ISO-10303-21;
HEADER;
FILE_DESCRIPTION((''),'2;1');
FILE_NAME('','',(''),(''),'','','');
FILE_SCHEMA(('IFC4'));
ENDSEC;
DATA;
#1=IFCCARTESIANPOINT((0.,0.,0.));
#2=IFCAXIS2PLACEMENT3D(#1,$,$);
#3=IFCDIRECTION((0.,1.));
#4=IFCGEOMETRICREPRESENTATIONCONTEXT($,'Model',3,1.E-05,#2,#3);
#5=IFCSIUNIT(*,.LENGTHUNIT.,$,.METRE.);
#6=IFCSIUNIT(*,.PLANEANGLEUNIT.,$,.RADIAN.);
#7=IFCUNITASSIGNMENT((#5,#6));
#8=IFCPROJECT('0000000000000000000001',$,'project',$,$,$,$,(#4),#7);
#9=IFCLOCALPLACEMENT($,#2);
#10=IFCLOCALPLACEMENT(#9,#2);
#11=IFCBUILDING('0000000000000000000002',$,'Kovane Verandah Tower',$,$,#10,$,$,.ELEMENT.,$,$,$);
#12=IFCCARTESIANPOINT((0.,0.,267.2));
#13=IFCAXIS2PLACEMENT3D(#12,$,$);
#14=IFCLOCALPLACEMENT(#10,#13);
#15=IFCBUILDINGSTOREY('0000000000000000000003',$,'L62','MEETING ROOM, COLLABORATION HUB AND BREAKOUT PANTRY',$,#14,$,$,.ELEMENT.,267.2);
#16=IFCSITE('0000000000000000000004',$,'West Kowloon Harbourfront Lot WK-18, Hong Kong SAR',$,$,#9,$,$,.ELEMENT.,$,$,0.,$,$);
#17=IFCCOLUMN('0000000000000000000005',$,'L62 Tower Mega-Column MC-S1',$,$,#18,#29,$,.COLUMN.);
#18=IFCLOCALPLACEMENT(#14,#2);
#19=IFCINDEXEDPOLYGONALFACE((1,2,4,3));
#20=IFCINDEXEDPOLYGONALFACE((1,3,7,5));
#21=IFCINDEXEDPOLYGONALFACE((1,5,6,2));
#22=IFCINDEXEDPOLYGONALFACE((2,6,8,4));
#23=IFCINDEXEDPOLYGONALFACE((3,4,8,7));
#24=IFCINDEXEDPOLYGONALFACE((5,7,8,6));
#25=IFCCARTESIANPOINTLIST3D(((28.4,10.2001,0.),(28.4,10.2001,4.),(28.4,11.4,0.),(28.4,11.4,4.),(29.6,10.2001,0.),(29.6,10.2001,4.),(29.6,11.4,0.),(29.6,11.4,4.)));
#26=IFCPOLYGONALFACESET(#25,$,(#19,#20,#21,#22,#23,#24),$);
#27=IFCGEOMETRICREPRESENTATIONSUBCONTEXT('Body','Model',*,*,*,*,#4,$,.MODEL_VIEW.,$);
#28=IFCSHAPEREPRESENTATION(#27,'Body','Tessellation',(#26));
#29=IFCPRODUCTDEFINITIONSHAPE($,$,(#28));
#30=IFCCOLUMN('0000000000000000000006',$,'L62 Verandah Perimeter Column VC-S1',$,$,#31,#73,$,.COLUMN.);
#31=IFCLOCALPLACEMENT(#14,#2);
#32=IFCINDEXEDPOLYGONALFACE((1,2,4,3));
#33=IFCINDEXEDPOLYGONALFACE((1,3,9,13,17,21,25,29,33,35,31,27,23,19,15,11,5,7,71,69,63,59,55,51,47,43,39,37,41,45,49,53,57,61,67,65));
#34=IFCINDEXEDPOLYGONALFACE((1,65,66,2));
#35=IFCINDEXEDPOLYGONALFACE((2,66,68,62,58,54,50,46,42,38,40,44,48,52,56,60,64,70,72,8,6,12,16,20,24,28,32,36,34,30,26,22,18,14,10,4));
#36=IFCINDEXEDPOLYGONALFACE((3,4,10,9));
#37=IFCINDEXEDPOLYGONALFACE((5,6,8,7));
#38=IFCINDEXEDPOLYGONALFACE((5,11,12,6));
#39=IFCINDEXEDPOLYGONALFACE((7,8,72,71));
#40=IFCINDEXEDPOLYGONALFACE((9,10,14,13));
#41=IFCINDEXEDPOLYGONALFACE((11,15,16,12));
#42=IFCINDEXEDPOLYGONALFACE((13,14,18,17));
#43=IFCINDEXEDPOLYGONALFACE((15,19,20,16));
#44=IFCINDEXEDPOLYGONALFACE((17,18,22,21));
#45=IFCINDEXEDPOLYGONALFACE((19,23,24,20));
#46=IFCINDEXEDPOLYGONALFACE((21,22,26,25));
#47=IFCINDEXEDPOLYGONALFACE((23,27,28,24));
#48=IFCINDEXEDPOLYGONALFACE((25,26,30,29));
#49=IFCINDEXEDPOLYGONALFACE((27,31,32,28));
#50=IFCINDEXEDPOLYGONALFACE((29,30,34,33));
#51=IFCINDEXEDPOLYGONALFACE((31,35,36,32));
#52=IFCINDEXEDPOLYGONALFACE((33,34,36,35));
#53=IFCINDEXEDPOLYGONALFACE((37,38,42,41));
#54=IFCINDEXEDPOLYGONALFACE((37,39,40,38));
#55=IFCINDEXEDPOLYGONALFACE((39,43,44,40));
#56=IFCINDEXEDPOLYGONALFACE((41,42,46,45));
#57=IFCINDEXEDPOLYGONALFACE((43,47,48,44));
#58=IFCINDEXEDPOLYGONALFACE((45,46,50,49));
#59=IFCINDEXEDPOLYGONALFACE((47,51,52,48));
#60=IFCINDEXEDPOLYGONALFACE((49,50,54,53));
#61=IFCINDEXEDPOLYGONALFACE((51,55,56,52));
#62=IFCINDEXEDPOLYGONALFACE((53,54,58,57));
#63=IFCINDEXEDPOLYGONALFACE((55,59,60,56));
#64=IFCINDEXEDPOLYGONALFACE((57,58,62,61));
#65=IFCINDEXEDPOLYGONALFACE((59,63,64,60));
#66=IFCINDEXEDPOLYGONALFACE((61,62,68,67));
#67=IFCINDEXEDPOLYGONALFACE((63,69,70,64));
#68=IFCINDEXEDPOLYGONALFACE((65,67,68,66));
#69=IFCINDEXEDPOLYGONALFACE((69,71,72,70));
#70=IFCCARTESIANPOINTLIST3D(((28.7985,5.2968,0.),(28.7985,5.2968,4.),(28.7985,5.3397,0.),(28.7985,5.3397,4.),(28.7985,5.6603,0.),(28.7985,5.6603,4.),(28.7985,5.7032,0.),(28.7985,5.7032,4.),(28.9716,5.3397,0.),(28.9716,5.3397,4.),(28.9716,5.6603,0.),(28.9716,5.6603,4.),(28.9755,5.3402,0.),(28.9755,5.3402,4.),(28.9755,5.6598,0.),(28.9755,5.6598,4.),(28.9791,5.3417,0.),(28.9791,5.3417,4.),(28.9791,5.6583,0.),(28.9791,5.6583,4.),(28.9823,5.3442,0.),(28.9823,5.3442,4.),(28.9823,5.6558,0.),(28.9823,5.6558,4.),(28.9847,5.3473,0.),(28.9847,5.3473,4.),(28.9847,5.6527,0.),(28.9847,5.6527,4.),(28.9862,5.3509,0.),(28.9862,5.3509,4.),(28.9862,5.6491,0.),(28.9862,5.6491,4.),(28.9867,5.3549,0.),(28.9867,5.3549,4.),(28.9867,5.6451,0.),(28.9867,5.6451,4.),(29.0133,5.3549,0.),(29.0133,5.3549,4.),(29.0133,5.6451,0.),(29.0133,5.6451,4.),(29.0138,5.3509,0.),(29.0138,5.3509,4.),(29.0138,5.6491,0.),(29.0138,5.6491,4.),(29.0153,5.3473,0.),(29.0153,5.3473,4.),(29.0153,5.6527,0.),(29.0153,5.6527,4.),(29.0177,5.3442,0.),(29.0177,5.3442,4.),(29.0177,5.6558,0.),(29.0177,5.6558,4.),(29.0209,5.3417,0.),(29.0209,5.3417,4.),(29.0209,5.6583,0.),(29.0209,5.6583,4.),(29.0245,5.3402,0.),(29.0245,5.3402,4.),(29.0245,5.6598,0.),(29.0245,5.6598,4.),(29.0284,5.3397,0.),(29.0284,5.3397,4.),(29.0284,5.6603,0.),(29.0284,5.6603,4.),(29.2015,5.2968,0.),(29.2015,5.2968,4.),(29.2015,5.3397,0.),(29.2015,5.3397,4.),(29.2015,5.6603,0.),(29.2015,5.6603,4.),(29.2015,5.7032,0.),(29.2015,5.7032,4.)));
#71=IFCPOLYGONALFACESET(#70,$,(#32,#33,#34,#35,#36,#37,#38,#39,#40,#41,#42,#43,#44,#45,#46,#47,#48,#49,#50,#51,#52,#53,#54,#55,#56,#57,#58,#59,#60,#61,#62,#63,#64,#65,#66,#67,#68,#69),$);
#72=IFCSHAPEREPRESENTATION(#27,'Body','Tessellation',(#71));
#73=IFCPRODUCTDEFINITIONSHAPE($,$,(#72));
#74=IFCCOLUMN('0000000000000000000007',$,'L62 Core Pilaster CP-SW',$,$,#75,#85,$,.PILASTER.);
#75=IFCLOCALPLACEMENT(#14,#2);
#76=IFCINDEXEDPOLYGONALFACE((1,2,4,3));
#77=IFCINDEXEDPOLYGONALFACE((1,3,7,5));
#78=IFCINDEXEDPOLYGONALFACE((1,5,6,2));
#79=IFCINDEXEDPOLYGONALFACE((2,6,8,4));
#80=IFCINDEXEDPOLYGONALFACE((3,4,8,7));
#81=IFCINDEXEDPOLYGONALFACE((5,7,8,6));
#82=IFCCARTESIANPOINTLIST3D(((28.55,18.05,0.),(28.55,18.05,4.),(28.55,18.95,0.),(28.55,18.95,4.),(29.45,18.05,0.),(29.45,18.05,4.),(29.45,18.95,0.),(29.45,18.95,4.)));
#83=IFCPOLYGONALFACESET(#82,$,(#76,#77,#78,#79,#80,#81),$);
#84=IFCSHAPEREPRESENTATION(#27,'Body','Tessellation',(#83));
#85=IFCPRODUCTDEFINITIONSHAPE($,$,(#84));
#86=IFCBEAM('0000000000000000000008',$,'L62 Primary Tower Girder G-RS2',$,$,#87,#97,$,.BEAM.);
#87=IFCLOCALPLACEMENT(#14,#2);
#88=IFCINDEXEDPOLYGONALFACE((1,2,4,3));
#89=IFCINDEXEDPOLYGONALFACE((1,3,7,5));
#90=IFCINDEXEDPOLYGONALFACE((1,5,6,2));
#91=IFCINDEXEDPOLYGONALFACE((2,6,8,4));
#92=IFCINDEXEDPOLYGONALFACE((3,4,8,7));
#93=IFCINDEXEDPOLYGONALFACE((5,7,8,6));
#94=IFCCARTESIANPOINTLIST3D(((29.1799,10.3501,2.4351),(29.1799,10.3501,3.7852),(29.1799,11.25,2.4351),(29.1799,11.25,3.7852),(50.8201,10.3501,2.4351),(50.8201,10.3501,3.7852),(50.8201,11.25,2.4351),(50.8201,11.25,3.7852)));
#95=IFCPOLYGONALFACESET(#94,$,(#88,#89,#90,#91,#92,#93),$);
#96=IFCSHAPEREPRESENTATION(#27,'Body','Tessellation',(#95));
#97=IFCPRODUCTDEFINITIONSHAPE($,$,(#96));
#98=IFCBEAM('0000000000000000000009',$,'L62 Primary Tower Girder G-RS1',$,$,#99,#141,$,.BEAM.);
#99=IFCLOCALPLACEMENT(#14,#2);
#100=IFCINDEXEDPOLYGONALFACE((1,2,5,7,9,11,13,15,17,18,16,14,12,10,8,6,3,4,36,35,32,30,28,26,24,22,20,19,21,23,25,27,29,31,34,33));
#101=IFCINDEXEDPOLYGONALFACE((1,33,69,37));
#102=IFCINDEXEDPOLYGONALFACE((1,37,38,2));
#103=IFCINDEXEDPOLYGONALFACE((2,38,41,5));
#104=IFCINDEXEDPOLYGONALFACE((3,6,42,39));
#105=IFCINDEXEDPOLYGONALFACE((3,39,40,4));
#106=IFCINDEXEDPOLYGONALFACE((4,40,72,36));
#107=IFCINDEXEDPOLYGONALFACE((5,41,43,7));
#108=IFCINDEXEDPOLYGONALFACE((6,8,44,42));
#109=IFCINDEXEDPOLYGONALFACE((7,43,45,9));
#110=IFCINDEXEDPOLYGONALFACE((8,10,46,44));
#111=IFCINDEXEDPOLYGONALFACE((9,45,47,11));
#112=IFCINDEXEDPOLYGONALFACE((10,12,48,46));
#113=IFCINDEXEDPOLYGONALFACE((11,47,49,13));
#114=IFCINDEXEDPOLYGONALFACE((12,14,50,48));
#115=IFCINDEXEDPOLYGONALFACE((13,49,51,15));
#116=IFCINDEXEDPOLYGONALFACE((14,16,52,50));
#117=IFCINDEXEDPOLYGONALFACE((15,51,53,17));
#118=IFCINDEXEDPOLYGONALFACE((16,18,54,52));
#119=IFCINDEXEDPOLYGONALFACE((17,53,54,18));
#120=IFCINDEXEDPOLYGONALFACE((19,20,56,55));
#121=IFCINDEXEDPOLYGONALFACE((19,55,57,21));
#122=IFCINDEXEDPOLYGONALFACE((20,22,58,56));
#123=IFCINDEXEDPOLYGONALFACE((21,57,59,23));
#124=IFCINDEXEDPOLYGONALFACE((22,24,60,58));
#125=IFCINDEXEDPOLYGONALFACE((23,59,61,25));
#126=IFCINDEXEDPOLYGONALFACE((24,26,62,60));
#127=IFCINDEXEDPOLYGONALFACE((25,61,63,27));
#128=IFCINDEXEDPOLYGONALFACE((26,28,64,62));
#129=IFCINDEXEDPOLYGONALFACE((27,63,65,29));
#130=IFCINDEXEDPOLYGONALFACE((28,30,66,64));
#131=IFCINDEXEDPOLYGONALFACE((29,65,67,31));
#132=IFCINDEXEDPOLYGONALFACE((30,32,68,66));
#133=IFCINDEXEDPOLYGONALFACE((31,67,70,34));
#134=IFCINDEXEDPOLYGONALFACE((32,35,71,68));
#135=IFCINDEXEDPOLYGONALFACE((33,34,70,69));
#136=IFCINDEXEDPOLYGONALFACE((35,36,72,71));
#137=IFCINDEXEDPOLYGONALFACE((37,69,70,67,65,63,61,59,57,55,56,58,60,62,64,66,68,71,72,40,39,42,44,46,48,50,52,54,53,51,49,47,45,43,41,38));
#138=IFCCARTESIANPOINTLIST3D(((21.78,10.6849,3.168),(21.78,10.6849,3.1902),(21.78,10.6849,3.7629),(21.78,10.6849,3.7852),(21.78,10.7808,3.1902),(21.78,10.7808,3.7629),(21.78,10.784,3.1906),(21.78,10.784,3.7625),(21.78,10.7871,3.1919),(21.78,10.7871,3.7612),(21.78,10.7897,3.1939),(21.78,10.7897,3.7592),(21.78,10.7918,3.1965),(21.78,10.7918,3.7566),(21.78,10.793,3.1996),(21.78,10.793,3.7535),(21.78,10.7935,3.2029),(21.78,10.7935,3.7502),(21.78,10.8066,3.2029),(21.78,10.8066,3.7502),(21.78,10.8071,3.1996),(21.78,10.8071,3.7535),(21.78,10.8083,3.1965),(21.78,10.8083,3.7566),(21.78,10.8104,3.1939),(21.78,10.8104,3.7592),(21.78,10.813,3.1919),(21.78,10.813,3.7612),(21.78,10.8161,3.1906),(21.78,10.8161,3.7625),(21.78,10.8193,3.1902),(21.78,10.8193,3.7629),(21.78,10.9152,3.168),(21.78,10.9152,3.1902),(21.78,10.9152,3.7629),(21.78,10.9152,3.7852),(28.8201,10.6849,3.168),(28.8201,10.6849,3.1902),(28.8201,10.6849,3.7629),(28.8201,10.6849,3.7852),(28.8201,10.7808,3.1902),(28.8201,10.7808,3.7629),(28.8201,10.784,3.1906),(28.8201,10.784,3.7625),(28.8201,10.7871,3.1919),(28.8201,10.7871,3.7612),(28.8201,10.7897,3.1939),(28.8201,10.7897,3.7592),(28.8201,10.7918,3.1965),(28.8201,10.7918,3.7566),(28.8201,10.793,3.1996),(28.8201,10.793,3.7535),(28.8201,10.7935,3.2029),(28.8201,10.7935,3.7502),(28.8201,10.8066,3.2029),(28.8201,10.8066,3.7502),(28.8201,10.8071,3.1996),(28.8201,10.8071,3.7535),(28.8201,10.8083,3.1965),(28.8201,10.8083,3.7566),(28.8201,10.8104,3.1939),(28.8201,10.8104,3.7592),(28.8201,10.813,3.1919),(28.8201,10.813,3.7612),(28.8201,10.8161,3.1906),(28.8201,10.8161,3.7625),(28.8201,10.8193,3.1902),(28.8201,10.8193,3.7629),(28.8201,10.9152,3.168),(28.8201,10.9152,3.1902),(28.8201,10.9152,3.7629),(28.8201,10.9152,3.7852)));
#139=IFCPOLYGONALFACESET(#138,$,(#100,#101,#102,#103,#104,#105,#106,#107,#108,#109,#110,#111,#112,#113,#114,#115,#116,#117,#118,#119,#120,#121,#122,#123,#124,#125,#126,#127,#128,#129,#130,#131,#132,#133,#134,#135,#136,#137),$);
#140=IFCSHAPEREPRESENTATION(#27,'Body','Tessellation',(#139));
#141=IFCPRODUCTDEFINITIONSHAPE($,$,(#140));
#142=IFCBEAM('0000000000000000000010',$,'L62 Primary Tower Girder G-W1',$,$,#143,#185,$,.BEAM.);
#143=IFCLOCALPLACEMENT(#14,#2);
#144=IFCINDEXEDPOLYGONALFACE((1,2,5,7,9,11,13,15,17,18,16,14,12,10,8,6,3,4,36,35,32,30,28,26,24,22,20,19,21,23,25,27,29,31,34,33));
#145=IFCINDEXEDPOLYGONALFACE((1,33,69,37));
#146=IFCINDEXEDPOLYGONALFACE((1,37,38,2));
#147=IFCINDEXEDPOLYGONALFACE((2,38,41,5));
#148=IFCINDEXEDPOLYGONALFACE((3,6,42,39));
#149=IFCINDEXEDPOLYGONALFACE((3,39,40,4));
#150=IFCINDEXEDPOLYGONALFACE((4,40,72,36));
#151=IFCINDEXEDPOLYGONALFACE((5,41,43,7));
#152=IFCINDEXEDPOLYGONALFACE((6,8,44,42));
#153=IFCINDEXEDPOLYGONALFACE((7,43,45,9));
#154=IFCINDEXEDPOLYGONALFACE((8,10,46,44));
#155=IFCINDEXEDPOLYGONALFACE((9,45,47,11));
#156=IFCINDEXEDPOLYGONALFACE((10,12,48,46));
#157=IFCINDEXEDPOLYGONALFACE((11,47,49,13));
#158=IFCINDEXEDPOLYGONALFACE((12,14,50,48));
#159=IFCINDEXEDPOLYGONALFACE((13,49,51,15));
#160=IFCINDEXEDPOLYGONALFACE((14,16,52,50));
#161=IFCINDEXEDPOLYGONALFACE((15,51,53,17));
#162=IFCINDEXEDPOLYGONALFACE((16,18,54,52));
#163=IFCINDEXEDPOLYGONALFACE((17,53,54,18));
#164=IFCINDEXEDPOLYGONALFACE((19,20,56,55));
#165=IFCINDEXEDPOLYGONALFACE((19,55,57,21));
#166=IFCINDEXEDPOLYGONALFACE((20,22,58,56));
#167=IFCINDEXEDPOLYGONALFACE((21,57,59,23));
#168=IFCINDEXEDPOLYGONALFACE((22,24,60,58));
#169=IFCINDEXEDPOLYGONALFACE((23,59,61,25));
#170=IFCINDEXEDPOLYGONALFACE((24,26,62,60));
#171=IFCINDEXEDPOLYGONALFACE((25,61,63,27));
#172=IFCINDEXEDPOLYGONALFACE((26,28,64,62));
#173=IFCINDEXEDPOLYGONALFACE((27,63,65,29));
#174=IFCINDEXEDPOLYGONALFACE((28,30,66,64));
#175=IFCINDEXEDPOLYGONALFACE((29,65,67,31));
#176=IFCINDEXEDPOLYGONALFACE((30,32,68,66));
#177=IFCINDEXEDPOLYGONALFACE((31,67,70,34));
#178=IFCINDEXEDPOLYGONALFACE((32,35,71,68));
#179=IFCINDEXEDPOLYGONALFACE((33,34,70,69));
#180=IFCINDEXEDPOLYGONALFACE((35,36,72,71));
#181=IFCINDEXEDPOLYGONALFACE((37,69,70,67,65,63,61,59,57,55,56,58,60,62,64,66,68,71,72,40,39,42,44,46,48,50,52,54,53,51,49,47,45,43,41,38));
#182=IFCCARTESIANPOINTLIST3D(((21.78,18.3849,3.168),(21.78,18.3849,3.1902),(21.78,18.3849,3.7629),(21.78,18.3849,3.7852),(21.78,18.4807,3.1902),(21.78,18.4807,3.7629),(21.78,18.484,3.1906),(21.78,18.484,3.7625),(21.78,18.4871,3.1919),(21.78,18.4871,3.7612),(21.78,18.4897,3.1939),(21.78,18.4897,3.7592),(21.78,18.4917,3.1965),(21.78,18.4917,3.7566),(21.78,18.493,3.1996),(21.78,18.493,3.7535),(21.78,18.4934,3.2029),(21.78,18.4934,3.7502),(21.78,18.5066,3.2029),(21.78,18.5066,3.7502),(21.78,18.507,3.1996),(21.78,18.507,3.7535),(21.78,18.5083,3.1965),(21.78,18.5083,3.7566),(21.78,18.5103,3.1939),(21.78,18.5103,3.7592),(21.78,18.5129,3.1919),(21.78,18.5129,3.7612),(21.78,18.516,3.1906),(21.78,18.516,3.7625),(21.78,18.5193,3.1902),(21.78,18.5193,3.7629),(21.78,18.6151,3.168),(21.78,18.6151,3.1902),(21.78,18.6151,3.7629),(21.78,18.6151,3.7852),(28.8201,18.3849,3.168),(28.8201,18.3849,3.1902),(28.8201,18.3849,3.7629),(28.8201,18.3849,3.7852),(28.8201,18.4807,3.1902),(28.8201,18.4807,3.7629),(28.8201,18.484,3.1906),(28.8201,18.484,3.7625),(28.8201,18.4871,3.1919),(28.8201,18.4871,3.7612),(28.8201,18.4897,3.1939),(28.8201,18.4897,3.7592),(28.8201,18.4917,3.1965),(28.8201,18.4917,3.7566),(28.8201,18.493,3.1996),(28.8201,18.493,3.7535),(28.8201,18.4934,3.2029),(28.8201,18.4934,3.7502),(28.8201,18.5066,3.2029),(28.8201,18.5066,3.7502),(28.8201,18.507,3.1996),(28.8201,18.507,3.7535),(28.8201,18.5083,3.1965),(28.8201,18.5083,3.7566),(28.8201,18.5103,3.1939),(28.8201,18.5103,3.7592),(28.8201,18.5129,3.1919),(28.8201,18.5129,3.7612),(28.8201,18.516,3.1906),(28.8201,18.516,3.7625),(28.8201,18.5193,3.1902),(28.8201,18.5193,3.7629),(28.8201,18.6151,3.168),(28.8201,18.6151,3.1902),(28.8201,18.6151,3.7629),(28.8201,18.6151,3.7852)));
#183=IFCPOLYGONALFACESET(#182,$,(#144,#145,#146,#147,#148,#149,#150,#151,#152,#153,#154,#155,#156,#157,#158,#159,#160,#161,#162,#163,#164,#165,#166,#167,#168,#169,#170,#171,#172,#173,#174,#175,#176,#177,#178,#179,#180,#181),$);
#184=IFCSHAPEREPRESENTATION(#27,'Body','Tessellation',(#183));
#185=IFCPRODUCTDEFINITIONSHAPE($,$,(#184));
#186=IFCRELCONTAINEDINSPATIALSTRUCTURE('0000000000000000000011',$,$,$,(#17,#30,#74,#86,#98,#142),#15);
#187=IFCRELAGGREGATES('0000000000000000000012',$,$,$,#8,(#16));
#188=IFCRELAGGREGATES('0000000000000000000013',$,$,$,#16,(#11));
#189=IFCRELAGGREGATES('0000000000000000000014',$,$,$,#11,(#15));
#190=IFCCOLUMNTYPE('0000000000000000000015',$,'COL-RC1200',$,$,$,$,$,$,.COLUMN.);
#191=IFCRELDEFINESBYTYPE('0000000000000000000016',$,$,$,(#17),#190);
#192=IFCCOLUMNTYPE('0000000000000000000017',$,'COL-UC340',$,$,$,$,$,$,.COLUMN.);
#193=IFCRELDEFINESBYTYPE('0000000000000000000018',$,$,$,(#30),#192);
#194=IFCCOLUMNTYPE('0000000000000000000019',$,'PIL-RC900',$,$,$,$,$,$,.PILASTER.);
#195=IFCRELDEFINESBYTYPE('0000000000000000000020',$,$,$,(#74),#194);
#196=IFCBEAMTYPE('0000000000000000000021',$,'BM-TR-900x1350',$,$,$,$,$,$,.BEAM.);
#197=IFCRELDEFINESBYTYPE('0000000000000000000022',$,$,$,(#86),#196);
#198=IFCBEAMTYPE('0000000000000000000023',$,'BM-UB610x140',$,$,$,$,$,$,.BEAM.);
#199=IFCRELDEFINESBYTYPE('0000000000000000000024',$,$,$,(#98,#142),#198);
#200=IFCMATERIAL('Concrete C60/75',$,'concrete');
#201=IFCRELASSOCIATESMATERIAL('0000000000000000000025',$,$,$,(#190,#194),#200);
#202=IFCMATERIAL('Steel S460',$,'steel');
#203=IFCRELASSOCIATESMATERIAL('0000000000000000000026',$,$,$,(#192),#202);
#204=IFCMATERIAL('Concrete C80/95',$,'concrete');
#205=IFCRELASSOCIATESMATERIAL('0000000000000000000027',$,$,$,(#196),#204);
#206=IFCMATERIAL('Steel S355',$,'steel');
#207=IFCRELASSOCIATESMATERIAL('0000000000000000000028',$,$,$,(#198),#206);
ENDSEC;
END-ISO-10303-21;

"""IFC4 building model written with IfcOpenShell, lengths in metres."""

from ifc_helpers import new_model, si_unit, direction, frame, origin, origin_2d, place, context, subcontext, project, spatial, rectangle, i_section, extrude, material, material_profile, profile_set, type_object, element, save


model = new_model("IFC4")

# Units and contexts
model_context = context("Model", 3, precision=1e-05, world=origin(), true_north=direction((0.0, 1.0)))
body_context = subcontext(model_context, "Body", "Model", "MODEL_VIEW")
ifc_project = project(units=[si_unit("LENGTHUNIT", "METRE"), si_unit("PLANEANGLEUNIT", "RADIAN")], contexts=[model_context])

# Site, building, storey
site_placement = place(None, origin())
site = spatial("IfcSite", under=ifc_project, at=site_placement, Name="West Kowloon Harbourfront Lot WK-18, Hong Kong SAR", CompositionType="ELEMENT", RefElevation=0.0)
building_placement = place(site_placement, origin())
building = spatial("IfcBuilding", under=site, at=building_placement, Name="Kovane Verandah Tower", CompositionType="ELEMENT")
storey_placement = place(building_placement, frame((0.0, 0.0, 267.2)))
storey = spatial("IfcBuildingStorey", under=building, at=storey_placement, Name="L62", Description="MEETING ROOM, COLLABORATION HUB AND BREAKOUT PANTRY", CompositionType="ELEMENT", Elevation=267.2)

# Columns
ifc_material_1 = material(Name="Concrete C60/75", Category="concrete")
ifc_material_profile_1 = material_profile(ifc_material_1, rectangle(XDim=1.2, YDim=1.2, at=origin_2d()), Name="RC1200x1200")
ifc_profile_set_1 = profile_set([ifc_material_profile_1], Name="Concrete C60/75")
column_type_1 = type_object("IfcColumnType", Name="COL-RC1200", PredefinedType="COLUMN", material=ifc_profile_set_1)
column_1_placement = place(storey_placement, frame((29.0, 10.8, 0.0), z_axis=(0.0, 0.0, 1.0), x_axis=(1.0, 0.0, 0.0)))
element("IfcColumn", 1, at=column_1_placement, inside=storey, type_object=column_type_1, Name="L62 Tower Mega-Column MC-S1", PredefinedType="COLUMN", context=body_context, shape_type="SweptSolid", body=[
    extrude(rectangle(XDim=1.2, YDim=1.2, at=origin_2d()), origin(), (0.0, 0.0, 1.0), 4.0),
])
ifc_material_2 = material(Name="Steel S460", Category="steel")
ifc_material_profile_2 = material_profile(ifc_material_2, i_section(OverallWidth=0.4031, OverallDepth=0.4065, WebThickness=0.0266, FlangeThickness=0.043, FilletRadius=0.0151, at=origin_2d()), Name="UC356x406x340")
ifc_profile_set_2 = profile_set([ifc_material_profile_2], Name="Steel S460")
column_type_2 = type_object("IfcColumnType", Name="COL-UC340", PredefinedType="COLUMN", material=ifc_profile_set_2)
column_2_placement = place(storey_placement, frame((29.0, 5.5, 0.0), z_axis=(0.0, 0.0, 1.0), x_axis=(1.0, 0.0, 0.0)))
element("IfcColumn", 2, at=column_2_placement, inside=storey, type_object=column_type_2, Name="L62 Verandah Perimeter Column VC-S1", PredefinedType="COLUMN", context=body_context, shape_type="SweptSolid", body=[
    extrude(i_section(OverallWidth=0.4031, OverallDepth=0.4065, WebThickness=0.0266, FlangeThickness=0.043, FilletRadius=0.0151, at=origin_2d()), origin(), (0.0, 0.0, 1.0), 4.0),
])
ifc_material_profile_3 = material_profile(ifc_material_1, rectangle(XDim=0.8999, YDim=0.8999, at=origin_2d()), Name="RC900x900")
ifc_profile_set_3 = profile_set([ifc_material_profile_3], Name="Concrete C60/75")
column_type_3 = type_object("IfcColumnType", Name="PIL-RC900", PredefinedType="PILASTER", material=ifc_profile_set_3)
column_3_placement = place(storey_placement, frame((29.0, 18.5, 0.0), z_axis=(0.0, 0.0, 1.0), x_axis=(1.0, 0.0, 0.0)))
element("IfcColumn", 3, at=column_3_placement, inside=storey, type_object=column_type_3, Name="L62 Core Pilaster CP-SW", PredefinedType="PILASTER", context=body_context, shape_type="SweptSolid", body=[
    extrude(rectangle(XDim=0.8999, YDim=0.8999, at=origin_2d()), origin(), (0.0, 0.0, 1.0), 4.0),
])

# Beams
ifc_material_3 = material(Name="Concrete C80/95", Category="concrete")
ifc_material_profile_4 = material_profile(ifc_material_3, rectangle(XDim=0.8999, YDim=1.3501, at=origin_2d()), Name="RCB900x1350")
ifc_profile_set_4 = profile_set([ifc_material_profile_4], Name="Concrete C80/95")
beam_type_1 = type_object("IfcBeamType", Name="BM-TR-900x1350", PredefinedType="BEAM", material=ifc_profile_set_4)
beam_1_placement = place(storey_placement, frame((29.1799, 10.8, 3.1101), z_axis=(1.0, 0.0, 0.0), x_axis=(0.0, 1.0, 0.0)))
element("IfcBeam", 4, at=beam_1_placement, inside=storey, type_object=beam_type_1, Name="L62 Primary Tower Girder G-RS2", PredefinedType="BEAM", context=body_context, shape_type="SweptSolid", body=[
    extrude(rectangle(XDim=0.8999, YDim=1.3501, at=origin_2d()), origin(), (0.0, 0.0, 1.0), 21.6401),
])
ifc_material_4 = material(Name="Steel S355", Category="steel")
ifc_material_profile_5 = material_profile(ifc_material_4, i_section(OverallWidth=0.2302, OverallDepth=0.6172, WebThickness=0.0132, FlangeThickness=0.0222, FilletRadius=0.0127, at=origin_2d()), Name="UB610x229x140")
ifc_profile_set_5 = profile_set([ifc_material_profile_5], Name="Steel S355")
beam_type_2 = type_object("IfcBeamType", Name="BM-UB610x140", PredefinedType="BEAM", material=ifc_profile_set_5)
for number, where, z_axis, x_axis, name in (
    (5, (21.78, 10.8, 3.4766), (1.0, 0.0, 0.0), (0.0, 1.0, 0.0), "L62 Primary Tower Girder G-RS1"),
    (6, (28.8201, 18.5, 3.4766), (-1.0, 0.0, 0.0), (0.0, -1.0, 0.0), "L62 Primary Tower Girder G-W1"),
):
    element("IfcBeam", number, at=place(storey_placement, frame(where, z_axis=z_axis, x_axis=x_axis)), inside=storey, type_object=beam_type_2, Name=name, PredefinedType="BEAM", context=body_context, shape_type="SweptSolid", body=[
        extrude(i_section(OverallWidth=0.2302, OverallDepth=0.6172, WebThickness=0.0132, FlangeThickness=0.0222, FilletRadius=0.0127, at=origin_2d()), origin(), (0.0, 0.0, 1.0), 7.04),
    ])

save(model, "model.ifc")
